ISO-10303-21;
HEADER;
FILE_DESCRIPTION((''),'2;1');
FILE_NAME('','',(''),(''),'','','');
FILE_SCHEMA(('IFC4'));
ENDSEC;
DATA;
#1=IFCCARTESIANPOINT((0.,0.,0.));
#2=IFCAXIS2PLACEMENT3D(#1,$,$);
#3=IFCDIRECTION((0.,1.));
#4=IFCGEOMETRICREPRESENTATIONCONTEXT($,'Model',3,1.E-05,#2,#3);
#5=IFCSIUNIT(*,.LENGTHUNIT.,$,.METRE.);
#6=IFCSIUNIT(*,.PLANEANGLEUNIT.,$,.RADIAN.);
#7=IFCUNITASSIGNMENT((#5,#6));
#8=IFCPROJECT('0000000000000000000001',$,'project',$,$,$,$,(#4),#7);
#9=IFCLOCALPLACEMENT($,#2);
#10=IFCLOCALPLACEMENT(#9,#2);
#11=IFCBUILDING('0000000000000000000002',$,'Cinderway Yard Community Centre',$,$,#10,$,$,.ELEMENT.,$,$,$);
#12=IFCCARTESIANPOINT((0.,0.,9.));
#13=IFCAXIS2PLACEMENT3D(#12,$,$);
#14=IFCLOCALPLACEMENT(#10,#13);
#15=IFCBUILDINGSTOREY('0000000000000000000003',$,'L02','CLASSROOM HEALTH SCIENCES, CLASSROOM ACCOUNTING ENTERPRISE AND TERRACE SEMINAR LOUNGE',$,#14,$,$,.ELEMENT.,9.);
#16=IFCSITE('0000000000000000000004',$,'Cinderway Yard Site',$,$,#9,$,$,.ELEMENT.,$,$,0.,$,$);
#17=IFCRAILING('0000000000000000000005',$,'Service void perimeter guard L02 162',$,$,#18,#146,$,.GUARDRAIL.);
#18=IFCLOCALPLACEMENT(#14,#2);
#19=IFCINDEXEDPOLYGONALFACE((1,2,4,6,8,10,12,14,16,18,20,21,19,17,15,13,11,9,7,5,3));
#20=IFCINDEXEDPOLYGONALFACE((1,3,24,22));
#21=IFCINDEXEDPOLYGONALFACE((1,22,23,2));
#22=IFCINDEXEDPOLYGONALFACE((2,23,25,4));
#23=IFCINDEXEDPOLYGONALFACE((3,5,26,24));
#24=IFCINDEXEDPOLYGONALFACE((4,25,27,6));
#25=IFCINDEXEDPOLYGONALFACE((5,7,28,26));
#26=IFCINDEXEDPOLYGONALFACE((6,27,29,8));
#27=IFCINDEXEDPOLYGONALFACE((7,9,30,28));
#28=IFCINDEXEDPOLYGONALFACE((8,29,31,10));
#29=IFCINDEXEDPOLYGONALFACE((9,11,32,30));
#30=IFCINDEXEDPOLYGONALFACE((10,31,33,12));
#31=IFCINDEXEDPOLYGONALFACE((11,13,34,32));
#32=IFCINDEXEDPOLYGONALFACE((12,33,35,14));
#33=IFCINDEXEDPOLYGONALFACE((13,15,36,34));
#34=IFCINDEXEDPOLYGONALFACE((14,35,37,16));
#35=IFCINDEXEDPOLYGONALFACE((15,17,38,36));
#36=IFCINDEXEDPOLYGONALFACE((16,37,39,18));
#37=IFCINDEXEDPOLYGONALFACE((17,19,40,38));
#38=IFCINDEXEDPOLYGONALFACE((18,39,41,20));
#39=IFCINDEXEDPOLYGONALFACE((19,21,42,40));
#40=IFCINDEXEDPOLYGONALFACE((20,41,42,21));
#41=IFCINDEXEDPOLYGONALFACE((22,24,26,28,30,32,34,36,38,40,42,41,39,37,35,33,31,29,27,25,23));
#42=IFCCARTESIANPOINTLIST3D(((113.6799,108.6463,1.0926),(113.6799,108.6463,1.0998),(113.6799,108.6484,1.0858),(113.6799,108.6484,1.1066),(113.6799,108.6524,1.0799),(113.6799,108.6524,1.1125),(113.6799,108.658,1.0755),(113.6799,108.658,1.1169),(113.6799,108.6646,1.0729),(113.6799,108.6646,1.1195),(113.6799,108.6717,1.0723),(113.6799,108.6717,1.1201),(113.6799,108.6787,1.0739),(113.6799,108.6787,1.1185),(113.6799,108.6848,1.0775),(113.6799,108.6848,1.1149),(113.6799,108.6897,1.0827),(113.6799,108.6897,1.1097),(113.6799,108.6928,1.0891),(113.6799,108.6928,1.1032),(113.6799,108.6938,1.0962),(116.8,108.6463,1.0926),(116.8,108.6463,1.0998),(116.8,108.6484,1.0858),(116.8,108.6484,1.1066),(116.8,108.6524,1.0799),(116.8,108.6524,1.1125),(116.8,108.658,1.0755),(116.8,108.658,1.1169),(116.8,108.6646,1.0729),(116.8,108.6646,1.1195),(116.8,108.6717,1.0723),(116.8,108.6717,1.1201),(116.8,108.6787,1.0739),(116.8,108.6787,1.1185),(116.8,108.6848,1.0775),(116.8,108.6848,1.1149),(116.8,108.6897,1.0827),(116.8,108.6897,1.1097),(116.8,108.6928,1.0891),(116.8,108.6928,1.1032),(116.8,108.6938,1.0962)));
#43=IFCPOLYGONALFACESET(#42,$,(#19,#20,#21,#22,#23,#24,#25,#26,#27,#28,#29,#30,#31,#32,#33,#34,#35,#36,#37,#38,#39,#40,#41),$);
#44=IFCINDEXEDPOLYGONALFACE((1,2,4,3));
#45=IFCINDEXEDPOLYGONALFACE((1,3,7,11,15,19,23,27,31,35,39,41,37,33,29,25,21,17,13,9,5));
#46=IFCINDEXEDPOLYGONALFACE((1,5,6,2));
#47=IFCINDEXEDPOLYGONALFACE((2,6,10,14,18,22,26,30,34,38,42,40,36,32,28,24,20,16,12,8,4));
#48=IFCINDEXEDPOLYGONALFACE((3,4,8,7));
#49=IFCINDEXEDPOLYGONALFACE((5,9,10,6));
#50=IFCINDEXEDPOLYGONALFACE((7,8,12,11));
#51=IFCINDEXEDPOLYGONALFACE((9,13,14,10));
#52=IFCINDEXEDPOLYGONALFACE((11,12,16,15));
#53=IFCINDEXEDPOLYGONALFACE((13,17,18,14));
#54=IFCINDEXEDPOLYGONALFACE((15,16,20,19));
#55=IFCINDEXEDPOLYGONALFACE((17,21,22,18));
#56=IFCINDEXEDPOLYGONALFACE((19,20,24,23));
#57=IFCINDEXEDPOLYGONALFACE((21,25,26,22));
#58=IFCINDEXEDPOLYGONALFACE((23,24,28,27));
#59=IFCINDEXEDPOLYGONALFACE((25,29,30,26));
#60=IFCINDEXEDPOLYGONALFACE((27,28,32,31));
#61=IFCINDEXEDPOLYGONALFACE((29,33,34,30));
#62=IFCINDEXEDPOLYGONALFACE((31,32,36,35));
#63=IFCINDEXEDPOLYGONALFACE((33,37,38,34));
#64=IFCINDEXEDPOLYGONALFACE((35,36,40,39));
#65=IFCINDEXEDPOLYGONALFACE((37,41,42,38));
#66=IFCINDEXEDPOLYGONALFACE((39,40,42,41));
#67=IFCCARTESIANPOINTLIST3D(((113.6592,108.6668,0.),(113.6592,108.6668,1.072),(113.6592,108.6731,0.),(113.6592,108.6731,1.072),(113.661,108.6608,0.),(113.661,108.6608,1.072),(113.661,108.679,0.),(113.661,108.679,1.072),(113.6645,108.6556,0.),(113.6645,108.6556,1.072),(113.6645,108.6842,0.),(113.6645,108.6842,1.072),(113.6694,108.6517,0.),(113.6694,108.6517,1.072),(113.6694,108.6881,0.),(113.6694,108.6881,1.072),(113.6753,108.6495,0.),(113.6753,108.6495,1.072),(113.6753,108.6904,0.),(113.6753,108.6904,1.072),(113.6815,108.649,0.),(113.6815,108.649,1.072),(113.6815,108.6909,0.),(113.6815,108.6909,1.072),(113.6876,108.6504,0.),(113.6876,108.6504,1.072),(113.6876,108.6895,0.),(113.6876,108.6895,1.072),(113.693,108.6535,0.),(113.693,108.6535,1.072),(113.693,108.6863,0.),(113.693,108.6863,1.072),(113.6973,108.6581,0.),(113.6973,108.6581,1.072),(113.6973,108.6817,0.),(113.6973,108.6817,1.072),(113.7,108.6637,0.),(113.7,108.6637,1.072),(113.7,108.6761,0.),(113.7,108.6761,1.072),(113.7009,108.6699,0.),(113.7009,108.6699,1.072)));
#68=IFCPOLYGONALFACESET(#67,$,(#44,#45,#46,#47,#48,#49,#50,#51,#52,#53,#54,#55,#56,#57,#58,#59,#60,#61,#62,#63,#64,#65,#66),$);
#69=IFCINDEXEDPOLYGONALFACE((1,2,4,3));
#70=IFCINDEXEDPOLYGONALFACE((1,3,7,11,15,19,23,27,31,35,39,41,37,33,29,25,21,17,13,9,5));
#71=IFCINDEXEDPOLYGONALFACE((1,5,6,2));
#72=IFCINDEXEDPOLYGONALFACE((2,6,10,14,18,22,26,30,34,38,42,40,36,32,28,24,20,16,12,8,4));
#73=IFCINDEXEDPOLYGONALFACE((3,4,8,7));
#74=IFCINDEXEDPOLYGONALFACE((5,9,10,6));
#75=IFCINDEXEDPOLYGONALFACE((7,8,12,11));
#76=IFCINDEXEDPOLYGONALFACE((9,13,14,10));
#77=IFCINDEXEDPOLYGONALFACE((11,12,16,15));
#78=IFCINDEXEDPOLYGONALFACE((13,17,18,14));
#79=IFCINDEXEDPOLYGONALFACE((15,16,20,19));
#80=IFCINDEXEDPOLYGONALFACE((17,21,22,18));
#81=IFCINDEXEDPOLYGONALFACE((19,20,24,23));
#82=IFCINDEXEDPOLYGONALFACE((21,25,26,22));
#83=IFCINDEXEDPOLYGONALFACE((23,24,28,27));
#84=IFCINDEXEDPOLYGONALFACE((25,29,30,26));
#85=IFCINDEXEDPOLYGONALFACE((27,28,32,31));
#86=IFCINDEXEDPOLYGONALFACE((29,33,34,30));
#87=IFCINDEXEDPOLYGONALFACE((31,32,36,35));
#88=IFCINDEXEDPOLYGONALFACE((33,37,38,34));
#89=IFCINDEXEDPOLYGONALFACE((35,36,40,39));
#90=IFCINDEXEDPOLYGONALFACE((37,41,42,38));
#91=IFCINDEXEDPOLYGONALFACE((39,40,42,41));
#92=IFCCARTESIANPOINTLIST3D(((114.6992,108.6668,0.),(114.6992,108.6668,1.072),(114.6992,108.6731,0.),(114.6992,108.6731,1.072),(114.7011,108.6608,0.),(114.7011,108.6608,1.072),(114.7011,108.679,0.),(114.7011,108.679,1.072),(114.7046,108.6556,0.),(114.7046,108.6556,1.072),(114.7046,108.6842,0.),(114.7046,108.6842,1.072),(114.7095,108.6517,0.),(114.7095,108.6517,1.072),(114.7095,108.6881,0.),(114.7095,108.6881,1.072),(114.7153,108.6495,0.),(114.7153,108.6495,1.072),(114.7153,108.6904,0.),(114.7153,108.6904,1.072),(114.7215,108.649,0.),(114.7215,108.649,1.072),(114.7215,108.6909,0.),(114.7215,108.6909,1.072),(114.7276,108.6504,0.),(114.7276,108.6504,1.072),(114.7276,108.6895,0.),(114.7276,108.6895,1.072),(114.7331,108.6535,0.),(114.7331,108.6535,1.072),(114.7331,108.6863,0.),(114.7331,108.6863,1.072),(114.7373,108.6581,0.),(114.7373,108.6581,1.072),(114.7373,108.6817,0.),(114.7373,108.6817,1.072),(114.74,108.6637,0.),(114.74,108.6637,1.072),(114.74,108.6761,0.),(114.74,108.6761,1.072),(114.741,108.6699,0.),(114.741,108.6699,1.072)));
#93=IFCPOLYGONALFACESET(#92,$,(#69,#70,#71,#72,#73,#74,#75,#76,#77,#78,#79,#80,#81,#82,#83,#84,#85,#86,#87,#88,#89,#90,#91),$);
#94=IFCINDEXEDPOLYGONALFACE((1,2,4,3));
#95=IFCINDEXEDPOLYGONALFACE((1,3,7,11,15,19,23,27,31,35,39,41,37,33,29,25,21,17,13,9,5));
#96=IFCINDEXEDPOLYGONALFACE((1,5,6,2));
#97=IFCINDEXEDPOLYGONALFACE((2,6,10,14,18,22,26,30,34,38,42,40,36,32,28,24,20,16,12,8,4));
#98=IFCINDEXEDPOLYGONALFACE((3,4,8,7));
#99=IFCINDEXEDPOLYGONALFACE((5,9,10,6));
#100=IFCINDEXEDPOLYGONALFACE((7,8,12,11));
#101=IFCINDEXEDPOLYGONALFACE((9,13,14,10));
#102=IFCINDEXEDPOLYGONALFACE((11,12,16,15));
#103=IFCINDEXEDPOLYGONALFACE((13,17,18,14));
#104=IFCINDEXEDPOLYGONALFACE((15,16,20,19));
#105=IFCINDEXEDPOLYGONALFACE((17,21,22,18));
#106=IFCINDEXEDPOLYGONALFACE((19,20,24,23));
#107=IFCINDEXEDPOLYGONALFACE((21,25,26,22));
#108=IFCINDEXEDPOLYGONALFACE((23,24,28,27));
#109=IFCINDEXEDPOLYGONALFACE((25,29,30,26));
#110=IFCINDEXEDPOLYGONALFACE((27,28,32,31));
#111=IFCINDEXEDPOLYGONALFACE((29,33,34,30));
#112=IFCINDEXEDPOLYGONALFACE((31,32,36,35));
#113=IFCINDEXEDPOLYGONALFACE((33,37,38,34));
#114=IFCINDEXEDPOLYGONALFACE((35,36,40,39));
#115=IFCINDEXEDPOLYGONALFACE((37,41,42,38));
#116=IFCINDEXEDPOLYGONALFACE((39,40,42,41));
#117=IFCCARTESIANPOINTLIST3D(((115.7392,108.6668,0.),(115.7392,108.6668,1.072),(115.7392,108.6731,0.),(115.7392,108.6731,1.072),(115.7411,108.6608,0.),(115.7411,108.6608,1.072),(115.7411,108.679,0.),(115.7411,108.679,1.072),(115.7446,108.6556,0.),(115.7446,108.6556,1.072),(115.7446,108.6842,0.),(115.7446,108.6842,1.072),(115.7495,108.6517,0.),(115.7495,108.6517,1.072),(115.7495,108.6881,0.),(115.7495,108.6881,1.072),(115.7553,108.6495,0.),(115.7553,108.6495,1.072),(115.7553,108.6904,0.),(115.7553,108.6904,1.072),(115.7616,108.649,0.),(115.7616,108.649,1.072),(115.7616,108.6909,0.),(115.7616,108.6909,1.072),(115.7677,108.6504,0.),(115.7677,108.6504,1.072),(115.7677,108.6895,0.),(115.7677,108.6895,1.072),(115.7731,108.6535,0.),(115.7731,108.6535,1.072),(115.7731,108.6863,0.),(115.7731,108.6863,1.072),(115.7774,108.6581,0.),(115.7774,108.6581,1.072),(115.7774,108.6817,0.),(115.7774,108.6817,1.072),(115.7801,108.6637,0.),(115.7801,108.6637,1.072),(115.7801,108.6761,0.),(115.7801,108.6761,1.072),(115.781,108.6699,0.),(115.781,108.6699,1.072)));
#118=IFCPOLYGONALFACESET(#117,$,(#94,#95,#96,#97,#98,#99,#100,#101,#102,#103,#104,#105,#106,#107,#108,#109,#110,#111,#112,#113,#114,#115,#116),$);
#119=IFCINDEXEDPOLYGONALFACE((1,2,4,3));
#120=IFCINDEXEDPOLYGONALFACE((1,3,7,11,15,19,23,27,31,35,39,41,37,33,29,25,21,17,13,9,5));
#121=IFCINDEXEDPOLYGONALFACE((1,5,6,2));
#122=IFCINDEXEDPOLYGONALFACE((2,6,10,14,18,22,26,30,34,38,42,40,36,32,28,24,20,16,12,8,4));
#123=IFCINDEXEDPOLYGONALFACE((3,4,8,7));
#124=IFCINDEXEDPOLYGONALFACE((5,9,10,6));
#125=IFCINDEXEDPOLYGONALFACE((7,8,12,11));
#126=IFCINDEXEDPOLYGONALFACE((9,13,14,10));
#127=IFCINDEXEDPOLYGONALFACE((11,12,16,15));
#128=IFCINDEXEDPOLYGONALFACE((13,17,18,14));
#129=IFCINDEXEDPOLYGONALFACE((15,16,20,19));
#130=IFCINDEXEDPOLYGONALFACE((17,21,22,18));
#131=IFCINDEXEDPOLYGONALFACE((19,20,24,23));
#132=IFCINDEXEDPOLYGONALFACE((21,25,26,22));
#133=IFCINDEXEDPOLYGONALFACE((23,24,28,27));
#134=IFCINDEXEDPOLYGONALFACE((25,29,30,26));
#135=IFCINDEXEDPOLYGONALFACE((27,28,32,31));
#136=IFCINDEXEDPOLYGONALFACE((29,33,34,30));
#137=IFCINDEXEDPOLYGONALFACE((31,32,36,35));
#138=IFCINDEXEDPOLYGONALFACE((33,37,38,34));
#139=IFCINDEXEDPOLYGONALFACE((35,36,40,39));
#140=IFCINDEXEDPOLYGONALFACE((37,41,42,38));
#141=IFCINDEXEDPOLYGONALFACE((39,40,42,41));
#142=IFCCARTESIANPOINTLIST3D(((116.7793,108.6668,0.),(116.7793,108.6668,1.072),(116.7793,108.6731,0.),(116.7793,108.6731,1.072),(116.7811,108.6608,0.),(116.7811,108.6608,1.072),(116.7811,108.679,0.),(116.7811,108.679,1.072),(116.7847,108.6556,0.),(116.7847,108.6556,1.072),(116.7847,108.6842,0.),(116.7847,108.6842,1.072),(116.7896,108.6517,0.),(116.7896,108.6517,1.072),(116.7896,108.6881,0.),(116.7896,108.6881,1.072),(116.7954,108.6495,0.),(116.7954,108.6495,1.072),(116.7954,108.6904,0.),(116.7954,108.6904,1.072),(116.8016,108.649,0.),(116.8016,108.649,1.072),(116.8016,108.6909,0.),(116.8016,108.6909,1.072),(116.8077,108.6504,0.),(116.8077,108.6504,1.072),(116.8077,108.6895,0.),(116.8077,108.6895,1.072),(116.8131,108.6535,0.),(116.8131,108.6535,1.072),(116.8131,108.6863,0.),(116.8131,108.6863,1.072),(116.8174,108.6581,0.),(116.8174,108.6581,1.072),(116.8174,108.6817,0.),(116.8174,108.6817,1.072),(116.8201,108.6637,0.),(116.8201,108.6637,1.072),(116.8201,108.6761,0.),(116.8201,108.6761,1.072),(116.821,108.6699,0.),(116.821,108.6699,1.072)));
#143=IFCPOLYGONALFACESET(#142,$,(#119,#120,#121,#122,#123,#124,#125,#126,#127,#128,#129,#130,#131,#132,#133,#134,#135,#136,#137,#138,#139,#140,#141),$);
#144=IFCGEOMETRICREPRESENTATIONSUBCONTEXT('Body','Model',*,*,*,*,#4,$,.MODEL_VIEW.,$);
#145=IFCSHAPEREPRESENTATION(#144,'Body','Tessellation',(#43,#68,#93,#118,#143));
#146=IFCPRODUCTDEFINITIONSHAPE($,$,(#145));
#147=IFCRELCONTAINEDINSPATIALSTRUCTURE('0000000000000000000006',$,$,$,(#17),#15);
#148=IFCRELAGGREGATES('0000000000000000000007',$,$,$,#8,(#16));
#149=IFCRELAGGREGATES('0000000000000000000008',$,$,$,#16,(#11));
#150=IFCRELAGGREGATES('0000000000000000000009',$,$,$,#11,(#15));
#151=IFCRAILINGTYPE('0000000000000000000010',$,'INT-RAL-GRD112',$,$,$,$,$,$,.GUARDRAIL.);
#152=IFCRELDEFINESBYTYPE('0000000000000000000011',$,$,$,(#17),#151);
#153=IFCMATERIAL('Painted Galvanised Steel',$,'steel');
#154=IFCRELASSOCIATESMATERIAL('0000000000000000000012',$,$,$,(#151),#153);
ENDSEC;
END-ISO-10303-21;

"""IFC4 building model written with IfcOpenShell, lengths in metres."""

from ifc_helpers import new_model, si_unit, direction, frame, origin, origin_2d, place, context, subcontext, project, spatial, circle, extrude, material, type_object, element, save


model = new_model("IFC4")

# Units and contexts
model_context = context("Model", 3, precision=1e-05, world=origin(), true_north=direction((0.0, 1.0)))
body_context = subcontext(model_context, "Body", "Model", "MODEL_VIEW")
ifc_project = project(units=[si_unit("LENGTHUNIT", "METRE"), si_unit("PLANEANGLEUNIT", "RADIAN")], contexts=[model_context])

# Site, building, storey
site_placement = place(None, origin())
site = spatial("IfcSite", under=ifc_project, at=site_placement, Name="Cinderway Yard Site", CompositionType="ELEMENT", RefElevation=0.0)
building_placement = place(site_placement, origin())
building = spatial("IfcBuilding", under=site, at=building_placement, Name="Cinderway Yard Community Centre", CompositionType="ELEMENT")
storey_placement = place(building_placement, frame((0.0, 0.0, 9.0)))
storey = spatial("IfcBuildingStorey", under=building, at=storey_placement, Name="L02", Description="CLASSROOM HEALTH SCIENCES, CLASSROOM ACCOUNTING ENTERPRISE AND TERRACE SEMINAR LOUNGE", CompositionType="ELEMENT", Elevation=9.0)

# Railing
ifc_material_1 = material(Name="Painted Galvanised Steel", Category="steel")
railing_type_1 = type_object("IfcRailingType", Name="INT-RAL-GRD112", PredefinedType="GUARDRAIL", material=ifc_material_1)
railing_1_placement = place(storey_placement, frame((113.6799, 108.6699, 0.0)))
element("IfcRailing", 1, at=railing_1_placement, inside=storey, type_object=railing_type_1, Name="Service void perimeter guard L02 162", PredefinedType="GUARDRAIL", context=body_context, shape_type="SweptSolid", body=[
    extrude(circle(Radius=0.0239, at=origin_2d()), frame((0.0, 0.0, 1.0962), z_axis=(1.0, 0.0, 0.0), x_axis=(0.0, 1.0, 0.0)), (0.0, 0.0, 1.0), 3.1201),
    extrude(circle(Radius=0.021, at=origin_2d()), origin(), (0.0, 0.0, 1.0), 1.072),
    extrude(circle(Radius=0.021, at=origin_2d()), frame((1.04, 0.0, 0.0)), (0.0, 0.0, 1.0), 1.072),
    extrude(circle(Radius=0.021, at=origin_2d()), frame((2.0801, 0.0, 0.0)), (0.0, 0.0, 1.0), 1.072),
    extrude(circle(Radius=0.021, at=origin_2d()), frame((3.1201, 0.0, 0.0)), (0.0, 0.0, 1.0), 1.072),
])

save(model, "model.ifc")
